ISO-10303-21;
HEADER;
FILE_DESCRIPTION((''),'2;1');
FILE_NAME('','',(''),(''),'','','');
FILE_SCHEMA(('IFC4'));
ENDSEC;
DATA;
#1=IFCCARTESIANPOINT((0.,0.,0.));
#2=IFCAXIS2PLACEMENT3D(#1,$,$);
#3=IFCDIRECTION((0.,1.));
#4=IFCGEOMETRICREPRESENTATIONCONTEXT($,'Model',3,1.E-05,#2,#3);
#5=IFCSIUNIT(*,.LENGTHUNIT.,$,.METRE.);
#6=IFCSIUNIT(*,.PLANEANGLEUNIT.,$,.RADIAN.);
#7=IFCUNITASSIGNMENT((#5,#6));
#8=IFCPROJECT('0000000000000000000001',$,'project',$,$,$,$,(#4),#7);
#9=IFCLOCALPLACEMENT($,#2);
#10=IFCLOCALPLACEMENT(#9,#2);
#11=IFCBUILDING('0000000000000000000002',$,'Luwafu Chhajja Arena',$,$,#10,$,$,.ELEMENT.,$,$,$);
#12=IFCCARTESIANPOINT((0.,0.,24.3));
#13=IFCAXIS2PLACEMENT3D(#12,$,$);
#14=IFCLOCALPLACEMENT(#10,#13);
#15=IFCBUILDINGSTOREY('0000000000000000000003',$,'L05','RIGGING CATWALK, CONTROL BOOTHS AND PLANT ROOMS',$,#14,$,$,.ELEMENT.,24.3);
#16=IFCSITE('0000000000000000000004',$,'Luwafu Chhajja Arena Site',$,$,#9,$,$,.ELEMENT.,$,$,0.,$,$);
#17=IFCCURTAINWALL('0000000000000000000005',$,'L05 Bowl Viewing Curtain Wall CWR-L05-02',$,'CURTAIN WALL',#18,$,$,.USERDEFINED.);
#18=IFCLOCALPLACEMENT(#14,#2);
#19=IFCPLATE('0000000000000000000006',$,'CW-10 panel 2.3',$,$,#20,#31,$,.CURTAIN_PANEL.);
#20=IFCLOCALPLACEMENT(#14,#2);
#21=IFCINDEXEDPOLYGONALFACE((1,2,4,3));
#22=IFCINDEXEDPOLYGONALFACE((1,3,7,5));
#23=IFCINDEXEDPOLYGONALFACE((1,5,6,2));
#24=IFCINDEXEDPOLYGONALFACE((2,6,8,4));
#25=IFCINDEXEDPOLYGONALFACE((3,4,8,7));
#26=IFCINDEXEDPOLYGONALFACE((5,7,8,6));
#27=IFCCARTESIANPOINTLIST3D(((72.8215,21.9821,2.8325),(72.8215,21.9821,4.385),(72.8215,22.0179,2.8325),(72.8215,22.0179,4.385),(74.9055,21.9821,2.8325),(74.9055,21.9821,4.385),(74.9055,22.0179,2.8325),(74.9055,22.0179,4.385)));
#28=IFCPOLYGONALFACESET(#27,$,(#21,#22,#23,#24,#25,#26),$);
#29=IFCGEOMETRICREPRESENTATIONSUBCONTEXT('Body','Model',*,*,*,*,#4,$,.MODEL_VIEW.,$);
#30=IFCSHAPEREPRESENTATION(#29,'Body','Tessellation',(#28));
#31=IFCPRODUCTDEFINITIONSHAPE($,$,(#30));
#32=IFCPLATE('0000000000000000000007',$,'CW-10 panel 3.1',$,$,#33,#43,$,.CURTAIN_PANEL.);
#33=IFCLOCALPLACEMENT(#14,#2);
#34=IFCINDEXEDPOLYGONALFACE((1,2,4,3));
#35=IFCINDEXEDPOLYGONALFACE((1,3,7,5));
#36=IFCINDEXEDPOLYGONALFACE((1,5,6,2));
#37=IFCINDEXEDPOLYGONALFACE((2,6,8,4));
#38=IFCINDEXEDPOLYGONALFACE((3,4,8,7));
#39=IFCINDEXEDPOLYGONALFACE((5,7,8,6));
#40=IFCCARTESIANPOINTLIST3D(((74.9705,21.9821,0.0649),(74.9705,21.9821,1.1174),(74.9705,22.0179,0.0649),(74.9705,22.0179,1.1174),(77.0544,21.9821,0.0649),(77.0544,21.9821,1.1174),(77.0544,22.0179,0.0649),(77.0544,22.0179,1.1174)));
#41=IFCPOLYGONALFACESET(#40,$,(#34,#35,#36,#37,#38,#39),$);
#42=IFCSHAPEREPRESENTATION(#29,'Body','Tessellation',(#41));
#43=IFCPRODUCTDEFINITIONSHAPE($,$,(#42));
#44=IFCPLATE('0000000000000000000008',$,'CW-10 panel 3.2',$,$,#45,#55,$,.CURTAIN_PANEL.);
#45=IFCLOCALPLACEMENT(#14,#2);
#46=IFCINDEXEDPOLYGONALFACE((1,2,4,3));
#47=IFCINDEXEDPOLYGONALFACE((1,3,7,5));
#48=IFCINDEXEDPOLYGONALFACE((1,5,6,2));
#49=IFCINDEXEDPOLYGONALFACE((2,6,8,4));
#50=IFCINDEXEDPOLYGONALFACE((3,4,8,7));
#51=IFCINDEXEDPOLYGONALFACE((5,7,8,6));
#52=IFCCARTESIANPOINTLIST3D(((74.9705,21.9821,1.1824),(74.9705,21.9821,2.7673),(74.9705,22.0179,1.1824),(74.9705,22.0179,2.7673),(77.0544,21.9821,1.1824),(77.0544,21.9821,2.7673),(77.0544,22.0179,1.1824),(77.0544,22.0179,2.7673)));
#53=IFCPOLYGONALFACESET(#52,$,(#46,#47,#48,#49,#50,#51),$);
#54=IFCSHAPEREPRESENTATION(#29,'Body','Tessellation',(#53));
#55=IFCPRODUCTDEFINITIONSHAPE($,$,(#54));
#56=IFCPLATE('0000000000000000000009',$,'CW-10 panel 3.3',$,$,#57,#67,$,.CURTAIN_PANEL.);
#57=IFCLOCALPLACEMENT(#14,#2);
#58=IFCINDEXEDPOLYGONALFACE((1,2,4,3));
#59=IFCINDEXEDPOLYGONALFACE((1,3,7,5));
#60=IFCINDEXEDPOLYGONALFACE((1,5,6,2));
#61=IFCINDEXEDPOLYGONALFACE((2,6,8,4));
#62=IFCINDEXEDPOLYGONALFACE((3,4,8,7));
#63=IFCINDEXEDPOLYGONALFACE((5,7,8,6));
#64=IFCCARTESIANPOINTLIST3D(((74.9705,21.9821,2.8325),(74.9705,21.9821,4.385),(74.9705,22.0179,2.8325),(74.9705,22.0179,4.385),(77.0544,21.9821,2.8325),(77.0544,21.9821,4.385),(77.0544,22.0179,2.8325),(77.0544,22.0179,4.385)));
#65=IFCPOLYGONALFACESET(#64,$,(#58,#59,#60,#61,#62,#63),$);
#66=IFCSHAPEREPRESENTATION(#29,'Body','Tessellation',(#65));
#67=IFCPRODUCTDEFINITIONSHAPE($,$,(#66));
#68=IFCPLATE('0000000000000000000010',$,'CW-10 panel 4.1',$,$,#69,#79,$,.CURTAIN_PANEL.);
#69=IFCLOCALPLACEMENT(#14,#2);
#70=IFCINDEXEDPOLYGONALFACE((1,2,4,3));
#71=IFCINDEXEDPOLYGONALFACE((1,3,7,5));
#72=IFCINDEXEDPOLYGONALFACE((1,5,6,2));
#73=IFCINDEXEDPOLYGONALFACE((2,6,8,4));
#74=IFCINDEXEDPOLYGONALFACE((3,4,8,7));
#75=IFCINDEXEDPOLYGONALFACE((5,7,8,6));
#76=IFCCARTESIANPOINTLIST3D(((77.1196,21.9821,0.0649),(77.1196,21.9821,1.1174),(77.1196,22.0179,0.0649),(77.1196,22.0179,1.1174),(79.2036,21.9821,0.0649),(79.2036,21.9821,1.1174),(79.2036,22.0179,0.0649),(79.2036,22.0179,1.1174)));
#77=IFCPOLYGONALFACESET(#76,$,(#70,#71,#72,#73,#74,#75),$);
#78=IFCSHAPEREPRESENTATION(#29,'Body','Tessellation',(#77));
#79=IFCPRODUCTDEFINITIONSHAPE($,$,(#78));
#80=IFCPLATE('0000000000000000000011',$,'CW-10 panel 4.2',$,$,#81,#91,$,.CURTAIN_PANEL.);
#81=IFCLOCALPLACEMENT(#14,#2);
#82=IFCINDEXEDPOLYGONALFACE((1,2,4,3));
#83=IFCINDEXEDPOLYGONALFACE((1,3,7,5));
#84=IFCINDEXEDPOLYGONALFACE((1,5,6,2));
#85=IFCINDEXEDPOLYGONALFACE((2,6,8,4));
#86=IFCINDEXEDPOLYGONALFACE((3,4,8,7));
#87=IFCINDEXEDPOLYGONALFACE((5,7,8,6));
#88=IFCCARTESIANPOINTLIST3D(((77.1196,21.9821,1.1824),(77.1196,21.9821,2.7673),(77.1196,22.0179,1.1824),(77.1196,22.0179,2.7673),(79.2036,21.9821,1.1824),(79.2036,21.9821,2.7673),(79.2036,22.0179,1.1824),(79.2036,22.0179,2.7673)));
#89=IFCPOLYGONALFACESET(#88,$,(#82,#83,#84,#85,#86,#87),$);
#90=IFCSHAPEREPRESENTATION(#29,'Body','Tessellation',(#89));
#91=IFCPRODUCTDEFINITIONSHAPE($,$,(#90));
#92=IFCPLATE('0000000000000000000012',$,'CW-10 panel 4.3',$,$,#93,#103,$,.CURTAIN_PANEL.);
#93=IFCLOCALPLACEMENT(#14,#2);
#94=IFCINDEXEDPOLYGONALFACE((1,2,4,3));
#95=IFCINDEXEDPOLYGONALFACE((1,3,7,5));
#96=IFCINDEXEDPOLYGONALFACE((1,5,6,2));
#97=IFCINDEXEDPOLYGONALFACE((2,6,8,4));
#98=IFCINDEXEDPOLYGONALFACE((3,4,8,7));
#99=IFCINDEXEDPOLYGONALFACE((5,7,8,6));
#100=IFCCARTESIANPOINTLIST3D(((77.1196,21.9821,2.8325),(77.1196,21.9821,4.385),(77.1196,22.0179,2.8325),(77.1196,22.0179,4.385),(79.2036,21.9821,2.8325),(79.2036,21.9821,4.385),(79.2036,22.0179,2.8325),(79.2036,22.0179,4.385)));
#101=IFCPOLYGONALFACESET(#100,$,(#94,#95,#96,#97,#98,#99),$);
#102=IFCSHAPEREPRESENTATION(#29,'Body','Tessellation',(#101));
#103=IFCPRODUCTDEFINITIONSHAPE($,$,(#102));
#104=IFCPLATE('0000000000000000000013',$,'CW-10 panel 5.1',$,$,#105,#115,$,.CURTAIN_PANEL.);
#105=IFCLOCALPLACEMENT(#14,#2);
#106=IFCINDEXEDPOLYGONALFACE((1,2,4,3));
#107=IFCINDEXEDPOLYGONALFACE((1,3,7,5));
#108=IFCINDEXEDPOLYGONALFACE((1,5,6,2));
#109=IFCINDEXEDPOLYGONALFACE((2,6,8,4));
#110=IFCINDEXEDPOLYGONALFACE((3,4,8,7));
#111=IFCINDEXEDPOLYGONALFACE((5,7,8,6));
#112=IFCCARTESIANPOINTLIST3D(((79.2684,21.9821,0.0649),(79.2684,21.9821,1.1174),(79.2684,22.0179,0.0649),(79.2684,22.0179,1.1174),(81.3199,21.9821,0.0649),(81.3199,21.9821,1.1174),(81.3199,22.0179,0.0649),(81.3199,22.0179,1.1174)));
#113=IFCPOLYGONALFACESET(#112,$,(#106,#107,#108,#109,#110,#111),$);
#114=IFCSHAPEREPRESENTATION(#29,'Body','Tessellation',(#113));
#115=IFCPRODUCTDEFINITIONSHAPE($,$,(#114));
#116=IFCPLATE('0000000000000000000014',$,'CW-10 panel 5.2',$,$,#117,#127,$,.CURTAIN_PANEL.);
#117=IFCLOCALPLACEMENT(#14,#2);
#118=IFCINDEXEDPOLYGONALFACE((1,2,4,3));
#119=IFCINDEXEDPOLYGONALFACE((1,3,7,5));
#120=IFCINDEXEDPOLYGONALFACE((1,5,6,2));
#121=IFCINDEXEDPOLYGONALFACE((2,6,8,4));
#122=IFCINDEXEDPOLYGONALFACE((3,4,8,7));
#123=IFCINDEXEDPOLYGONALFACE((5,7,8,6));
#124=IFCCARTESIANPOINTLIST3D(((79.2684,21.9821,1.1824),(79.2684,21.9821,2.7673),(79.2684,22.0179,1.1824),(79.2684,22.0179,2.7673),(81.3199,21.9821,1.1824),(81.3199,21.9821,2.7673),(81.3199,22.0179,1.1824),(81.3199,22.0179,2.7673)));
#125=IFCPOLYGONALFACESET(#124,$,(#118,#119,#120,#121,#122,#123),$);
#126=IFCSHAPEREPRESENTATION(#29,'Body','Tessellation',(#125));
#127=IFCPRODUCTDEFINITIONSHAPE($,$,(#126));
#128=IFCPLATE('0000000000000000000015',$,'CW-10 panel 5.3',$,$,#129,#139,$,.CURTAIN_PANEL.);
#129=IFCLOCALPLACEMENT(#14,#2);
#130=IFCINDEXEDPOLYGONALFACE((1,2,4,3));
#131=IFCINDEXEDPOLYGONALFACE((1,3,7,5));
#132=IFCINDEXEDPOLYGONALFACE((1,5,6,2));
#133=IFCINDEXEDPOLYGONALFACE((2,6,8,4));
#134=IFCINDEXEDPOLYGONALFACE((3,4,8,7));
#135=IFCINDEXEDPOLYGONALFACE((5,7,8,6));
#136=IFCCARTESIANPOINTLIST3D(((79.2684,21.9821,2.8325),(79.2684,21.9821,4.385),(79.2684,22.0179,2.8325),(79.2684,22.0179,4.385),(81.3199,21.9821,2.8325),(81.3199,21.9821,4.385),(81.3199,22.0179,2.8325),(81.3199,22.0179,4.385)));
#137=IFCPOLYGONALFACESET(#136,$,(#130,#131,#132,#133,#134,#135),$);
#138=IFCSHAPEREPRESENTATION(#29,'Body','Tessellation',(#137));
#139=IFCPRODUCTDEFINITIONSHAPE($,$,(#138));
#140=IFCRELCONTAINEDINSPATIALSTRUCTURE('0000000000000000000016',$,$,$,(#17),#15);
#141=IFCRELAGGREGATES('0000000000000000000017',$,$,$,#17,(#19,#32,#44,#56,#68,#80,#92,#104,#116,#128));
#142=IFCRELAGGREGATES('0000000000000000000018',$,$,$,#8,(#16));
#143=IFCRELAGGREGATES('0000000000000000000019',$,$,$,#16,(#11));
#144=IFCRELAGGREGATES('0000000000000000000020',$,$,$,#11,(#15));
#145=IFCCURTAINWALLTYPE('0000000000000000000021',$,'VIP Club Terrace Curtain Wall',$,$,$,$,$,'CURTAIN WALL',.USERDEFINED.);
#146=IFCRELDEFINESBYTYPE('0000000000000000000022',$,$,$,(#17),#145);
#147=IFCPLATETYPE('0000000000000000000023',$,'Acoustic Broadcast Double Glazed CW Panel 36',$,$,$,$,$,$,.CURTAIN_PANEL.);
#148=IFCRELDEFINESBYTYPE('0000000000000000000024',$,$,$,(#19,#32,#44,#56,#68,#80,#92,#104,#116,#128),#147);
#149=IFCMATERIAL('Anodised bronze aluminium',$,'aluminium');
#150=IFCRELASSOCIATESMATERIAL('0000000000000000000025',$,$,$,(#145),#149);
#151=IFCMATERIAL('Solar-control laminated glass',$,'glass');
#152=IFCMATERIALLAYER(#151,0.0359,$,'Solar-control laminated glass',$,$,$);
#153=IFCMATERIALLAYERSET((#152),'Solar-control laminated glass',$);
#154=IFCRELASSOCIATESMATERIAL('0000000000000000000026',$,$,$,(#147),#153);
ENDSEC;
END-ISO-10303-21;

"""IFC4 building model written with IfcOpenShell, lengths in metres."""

from ifc_helpers import new_model, si_unit, direction, frame, origin, origin_2d, place, context, subcontext, project, spatial, rectangle, extrude, material, layer, layer_set, type_object, element, aggregate, save


model = new_model("IFC4")

# Units and contexts
model_context = context("Model", 3, precision=1e-05, world=origin(), true_north=direction((0.0, 1.0)))
body_context = subcontext(model_context, "Body", "Model", "MODEL_VIEW")
ifc_project = project(units=[si_unit("LENGTHUNIT", "METRE"), si_unit("PLANEANGLEUNIT", "RADIAN")], contexts=[model_context])

# Site, building, storey
site_placement = place(None, origin())
site = spatial("IfcSite", under=ifc_project, at=site_placement, Name="Luwafu Chhajja Arena Site", CompositionType="ELEMENT", RefElevation=0.0)
building_placement = place(site_placement, origin())
building = spatial("IfcBuilding", under=site, at=building_placement, Name="Luwafu Chhajja Arena", CompositionType="ELEMENT")
storey_placement = place(building_placement, frame((0.0, 0.0, 24.3)))
storey = spatial("IfcBuildingStorey", under=building, at=storey_placement, Name="L05", Description="RIGGING CATWALK, CONTROL BOOTHS AND PLANT ROOMS", CompositionType="ELEMENT", Elevation=24.3)

# Curtain wall, plates
ifc_material_1 = material(Name="Anodised bronze aluminium", Category="aluminium")
curtain_wall_type = type_object("IfcCurtainWallType", Name="VIP Club Terrace Curtain Wall", ElementType="CURTAIN WALL", PredefinedType="USERDEFINED", material=ifc_material_1)
curtain_wall_placement = place(storey_placement, origin())
curtain_wall = element("IfcCurtainWall", 1, at=curtain_wall_placement, inside=storey, type_object=curtain_wall_type, Name="L05 Bowl Viewing Curtain Wall CWR-L05-02", ObjectType="CURTAIN WALL", PredefinedType="USERDEFINED")
ifc_material_2 = material(Name="Solar-control laminated glass", Category="glass")
ifc_layer = layer(ifc_material_2, 0.0359, Name="Solar-control laminated glass")
ifc_layer_set = layer_set([ifc_layer], Name="Solar-control laminated glass")
plate_type = type_object("IfcPlateType", Name="Acoustic Broadcast Double Glazed CW Panel 36", PredefinedType="CURTAIN_PANEL", material=ifc_layer_set)
plate_1_placement = place(storey_placement, frame((73.8635, 22.0, 2.8325), z_axis=(0.0, 0.0, 1.0), x_axis=(1.0, 0.0, 0.0)))
plate_1 = element("IfcPlate", 2, at=plate_1_placement, type_object=plate_type, Name="CW-10 panel 2.3", PredefinedType="CURTAIN_PANEL", context=body_context, shape_type="SweptSolid", body=[
    extrude(rectangle(XDim=2.084, YDim=0.0359, at=origin_2d()), origin(), (0.0, 0.0, 1.0), 1.5525),
])
plate_2_placement = place(storey_placement, frame((76.0125, 22.0, 0.0649), z_axis=(0.0, 0.0, 1.0), x_axis=(1.0, 0.0, 0.0)))
plate_2 = element("IfcPlate", 3, at=plate_2_placement, type_object=plate_type, Name="CW-10 panel 3.1", PredefinedType="CURTAIN_PANEL", context=body_context, shape_type="SweptSolid", body=[
    extrude(rectangle(XDim=2.084, YDim=0.0359, at=origin_2d()), origin(), (0.0, 0.0, 1.0), 1.0525),
])
plate_3_placement = place(storey_placement, frame((76.0125, 22.0, 1.1824), z_axis=(0.0, 0.0, 1.0), x_axis=(1.0, 0.0, 0.0)))
plate_3 = element("IfcPlate", 4, at=plate_3_placement, type_object=plate_type, Name="CW-10 panel 3.2", PredefinedType="CURTAIN_PANEL", context=body_context, shape_type="SweptSolid", body=[
    extrude(rectangle(XDim=2.084, YDim=0.0359, at=origin_2d()), origin(), (0.0, 0.0, 1.0), 1.585),
])
plate_4_placement = place(storey_placement, frame((76.0125, 22.0, 2.8325), z_axis=(0.0, 0.0, 1.0), x_axis=(1.0, 0.0, 0.0)))
plate_4 = element("IfcPlate", 5, at=plate_4_placement, type_object=plate_type, Name="CW-10 panel 3.3", PredefinedType="CURTAIN_PANEL", context=body_context, shape_type="SweptSolid", body=[
    extrude(rectangle(XDim=2.084, YDim=0.0359, at=origin_2d()), origin(), (0.0, 0.0, 1.0), 1.5525),
])
plate_5_placement = place(storey_placement, frame((78.1616, 22.0, 0.0649), z_axis=(0.0, 0.0, 1.0), x_axis=(1.0, 0.0, 0.0)))
plate_5 = element("IfcPlate", 6, at=plate_5_placement, type_object=plate_type, Name="CW-10 panel 4.1", PredefinedType="CURTAIN_PANEL", context=body_context, shape_type="SweptSolid", body=[
    extrude(rectangle(XDim=2.084, YDim=0.0359, at=origin_2d()), origin(), (0.0, 0.0, 1.0), 1.0525),
])
plate_6_placement = place(storey_placement, frame((78.1616, 22.0, 1.1824), z_axis=(0.0, 0.0, 1.0), x_axis=(1.0, 0.0, 0.0)))
plate_6 = element("IfcPlate", 7, at=plate_6_placement, type_object=plate_type, Name="CW-10 panel 4.2", PredefinedType="CURTAIN_PANEL", context=body_context, shape_type="SweptSolid", body=[
    extrude(rectangle(XDim=2.084, YDim=0.0359, at=origin_2d()), origin(), (0.0, 0.0, 1.0), 1.585),
])
plate_7_placement = place(storey_placement, frame((78.1616, 22.0, 2.8325), z_axis=(0.0, 0.0, 1.0), x_axis=(1.0, 0.0, 0.0)))
plate_7 = element("IfcPlate", 8, at=plate_7_placement, type_object=plate_type, Name="CW-10 panel 4.3", PredefinedType="CURTAIN_PANEL", context=body_context, shape_type="SweptSolid", body=[
    extrude(rectangle(XDim=2.084, YDim=0.0359, at=origin_2d()), origin(), (0.0, 0.0, 1.0), 1.5525),
])
plate_8_placement = place(storey_placement, frame((80.2942, 22.0, 0.0649), z_axis=(0.0, 0.0, 1.0), x_axis=(1.0, 0.0, 0.0)))
plate_8 = element("IfcPlate", 9, at=plate_8_placement, type_object=plate_type, Name="CW-10 panel 5.1", PredefinedType="CURTAIN_PANEL", context=body_context, shape_type="SweptSolid", body=[
    extrude(rectangle(XDim=2.0515, YDim=0.0359, at=origin_2d()), origin(), (0.0, 0.0, 1.0), 1.0525),
])
plate_9_placement = place(storey_placement, frame((80.2942, 22.0, 1.1824), z_axis=(0.0, 0.0, 1.0), x_axis=(1.0, 0.0, 0.0)))
plate_9 = element("IfcPlate", 10, at=plate_9_placement, type_object=plate_type, Name="CW-10 panel 5.2", PredefinedType="CURTAIN_PANEL", context=body_context, shape_type="SweptSolid", body=[
    extrude(rectangle(XDim=2.0515, YDim=0.0359, at=origin_2d()), origin(), (0.0, 0.0, 1.0), 1.585),
])
plate_10_placement = place(storey_placement, frame((80.2942, 22.0, 2.8325), z_axis=(0.0, 0.0, 1.0), x_axis=(1.0, 0.0, 0.0)))
plate_10 = element("IfcPlate", 11, at=plate_10_placement, type_object=plate_type, Name="CW-10 panel 5.3", PredefinedType="CURTAIN_PANEL", context=body_context, shape_type="SweptSolid", body=[
    extrude(rectangle(XDim=2.0515, YDim=0.0359, at=origin_2d()), origin(), (0.0, 0.0, 1.0), 1.5525),
])
aggregate(curtain_wall, [plate_1, plate_2, plate_3, plate_4, plate_5, plate_6, plate_7, plate_8, plate_9, plate_10])

save(model, "model.ifc")
